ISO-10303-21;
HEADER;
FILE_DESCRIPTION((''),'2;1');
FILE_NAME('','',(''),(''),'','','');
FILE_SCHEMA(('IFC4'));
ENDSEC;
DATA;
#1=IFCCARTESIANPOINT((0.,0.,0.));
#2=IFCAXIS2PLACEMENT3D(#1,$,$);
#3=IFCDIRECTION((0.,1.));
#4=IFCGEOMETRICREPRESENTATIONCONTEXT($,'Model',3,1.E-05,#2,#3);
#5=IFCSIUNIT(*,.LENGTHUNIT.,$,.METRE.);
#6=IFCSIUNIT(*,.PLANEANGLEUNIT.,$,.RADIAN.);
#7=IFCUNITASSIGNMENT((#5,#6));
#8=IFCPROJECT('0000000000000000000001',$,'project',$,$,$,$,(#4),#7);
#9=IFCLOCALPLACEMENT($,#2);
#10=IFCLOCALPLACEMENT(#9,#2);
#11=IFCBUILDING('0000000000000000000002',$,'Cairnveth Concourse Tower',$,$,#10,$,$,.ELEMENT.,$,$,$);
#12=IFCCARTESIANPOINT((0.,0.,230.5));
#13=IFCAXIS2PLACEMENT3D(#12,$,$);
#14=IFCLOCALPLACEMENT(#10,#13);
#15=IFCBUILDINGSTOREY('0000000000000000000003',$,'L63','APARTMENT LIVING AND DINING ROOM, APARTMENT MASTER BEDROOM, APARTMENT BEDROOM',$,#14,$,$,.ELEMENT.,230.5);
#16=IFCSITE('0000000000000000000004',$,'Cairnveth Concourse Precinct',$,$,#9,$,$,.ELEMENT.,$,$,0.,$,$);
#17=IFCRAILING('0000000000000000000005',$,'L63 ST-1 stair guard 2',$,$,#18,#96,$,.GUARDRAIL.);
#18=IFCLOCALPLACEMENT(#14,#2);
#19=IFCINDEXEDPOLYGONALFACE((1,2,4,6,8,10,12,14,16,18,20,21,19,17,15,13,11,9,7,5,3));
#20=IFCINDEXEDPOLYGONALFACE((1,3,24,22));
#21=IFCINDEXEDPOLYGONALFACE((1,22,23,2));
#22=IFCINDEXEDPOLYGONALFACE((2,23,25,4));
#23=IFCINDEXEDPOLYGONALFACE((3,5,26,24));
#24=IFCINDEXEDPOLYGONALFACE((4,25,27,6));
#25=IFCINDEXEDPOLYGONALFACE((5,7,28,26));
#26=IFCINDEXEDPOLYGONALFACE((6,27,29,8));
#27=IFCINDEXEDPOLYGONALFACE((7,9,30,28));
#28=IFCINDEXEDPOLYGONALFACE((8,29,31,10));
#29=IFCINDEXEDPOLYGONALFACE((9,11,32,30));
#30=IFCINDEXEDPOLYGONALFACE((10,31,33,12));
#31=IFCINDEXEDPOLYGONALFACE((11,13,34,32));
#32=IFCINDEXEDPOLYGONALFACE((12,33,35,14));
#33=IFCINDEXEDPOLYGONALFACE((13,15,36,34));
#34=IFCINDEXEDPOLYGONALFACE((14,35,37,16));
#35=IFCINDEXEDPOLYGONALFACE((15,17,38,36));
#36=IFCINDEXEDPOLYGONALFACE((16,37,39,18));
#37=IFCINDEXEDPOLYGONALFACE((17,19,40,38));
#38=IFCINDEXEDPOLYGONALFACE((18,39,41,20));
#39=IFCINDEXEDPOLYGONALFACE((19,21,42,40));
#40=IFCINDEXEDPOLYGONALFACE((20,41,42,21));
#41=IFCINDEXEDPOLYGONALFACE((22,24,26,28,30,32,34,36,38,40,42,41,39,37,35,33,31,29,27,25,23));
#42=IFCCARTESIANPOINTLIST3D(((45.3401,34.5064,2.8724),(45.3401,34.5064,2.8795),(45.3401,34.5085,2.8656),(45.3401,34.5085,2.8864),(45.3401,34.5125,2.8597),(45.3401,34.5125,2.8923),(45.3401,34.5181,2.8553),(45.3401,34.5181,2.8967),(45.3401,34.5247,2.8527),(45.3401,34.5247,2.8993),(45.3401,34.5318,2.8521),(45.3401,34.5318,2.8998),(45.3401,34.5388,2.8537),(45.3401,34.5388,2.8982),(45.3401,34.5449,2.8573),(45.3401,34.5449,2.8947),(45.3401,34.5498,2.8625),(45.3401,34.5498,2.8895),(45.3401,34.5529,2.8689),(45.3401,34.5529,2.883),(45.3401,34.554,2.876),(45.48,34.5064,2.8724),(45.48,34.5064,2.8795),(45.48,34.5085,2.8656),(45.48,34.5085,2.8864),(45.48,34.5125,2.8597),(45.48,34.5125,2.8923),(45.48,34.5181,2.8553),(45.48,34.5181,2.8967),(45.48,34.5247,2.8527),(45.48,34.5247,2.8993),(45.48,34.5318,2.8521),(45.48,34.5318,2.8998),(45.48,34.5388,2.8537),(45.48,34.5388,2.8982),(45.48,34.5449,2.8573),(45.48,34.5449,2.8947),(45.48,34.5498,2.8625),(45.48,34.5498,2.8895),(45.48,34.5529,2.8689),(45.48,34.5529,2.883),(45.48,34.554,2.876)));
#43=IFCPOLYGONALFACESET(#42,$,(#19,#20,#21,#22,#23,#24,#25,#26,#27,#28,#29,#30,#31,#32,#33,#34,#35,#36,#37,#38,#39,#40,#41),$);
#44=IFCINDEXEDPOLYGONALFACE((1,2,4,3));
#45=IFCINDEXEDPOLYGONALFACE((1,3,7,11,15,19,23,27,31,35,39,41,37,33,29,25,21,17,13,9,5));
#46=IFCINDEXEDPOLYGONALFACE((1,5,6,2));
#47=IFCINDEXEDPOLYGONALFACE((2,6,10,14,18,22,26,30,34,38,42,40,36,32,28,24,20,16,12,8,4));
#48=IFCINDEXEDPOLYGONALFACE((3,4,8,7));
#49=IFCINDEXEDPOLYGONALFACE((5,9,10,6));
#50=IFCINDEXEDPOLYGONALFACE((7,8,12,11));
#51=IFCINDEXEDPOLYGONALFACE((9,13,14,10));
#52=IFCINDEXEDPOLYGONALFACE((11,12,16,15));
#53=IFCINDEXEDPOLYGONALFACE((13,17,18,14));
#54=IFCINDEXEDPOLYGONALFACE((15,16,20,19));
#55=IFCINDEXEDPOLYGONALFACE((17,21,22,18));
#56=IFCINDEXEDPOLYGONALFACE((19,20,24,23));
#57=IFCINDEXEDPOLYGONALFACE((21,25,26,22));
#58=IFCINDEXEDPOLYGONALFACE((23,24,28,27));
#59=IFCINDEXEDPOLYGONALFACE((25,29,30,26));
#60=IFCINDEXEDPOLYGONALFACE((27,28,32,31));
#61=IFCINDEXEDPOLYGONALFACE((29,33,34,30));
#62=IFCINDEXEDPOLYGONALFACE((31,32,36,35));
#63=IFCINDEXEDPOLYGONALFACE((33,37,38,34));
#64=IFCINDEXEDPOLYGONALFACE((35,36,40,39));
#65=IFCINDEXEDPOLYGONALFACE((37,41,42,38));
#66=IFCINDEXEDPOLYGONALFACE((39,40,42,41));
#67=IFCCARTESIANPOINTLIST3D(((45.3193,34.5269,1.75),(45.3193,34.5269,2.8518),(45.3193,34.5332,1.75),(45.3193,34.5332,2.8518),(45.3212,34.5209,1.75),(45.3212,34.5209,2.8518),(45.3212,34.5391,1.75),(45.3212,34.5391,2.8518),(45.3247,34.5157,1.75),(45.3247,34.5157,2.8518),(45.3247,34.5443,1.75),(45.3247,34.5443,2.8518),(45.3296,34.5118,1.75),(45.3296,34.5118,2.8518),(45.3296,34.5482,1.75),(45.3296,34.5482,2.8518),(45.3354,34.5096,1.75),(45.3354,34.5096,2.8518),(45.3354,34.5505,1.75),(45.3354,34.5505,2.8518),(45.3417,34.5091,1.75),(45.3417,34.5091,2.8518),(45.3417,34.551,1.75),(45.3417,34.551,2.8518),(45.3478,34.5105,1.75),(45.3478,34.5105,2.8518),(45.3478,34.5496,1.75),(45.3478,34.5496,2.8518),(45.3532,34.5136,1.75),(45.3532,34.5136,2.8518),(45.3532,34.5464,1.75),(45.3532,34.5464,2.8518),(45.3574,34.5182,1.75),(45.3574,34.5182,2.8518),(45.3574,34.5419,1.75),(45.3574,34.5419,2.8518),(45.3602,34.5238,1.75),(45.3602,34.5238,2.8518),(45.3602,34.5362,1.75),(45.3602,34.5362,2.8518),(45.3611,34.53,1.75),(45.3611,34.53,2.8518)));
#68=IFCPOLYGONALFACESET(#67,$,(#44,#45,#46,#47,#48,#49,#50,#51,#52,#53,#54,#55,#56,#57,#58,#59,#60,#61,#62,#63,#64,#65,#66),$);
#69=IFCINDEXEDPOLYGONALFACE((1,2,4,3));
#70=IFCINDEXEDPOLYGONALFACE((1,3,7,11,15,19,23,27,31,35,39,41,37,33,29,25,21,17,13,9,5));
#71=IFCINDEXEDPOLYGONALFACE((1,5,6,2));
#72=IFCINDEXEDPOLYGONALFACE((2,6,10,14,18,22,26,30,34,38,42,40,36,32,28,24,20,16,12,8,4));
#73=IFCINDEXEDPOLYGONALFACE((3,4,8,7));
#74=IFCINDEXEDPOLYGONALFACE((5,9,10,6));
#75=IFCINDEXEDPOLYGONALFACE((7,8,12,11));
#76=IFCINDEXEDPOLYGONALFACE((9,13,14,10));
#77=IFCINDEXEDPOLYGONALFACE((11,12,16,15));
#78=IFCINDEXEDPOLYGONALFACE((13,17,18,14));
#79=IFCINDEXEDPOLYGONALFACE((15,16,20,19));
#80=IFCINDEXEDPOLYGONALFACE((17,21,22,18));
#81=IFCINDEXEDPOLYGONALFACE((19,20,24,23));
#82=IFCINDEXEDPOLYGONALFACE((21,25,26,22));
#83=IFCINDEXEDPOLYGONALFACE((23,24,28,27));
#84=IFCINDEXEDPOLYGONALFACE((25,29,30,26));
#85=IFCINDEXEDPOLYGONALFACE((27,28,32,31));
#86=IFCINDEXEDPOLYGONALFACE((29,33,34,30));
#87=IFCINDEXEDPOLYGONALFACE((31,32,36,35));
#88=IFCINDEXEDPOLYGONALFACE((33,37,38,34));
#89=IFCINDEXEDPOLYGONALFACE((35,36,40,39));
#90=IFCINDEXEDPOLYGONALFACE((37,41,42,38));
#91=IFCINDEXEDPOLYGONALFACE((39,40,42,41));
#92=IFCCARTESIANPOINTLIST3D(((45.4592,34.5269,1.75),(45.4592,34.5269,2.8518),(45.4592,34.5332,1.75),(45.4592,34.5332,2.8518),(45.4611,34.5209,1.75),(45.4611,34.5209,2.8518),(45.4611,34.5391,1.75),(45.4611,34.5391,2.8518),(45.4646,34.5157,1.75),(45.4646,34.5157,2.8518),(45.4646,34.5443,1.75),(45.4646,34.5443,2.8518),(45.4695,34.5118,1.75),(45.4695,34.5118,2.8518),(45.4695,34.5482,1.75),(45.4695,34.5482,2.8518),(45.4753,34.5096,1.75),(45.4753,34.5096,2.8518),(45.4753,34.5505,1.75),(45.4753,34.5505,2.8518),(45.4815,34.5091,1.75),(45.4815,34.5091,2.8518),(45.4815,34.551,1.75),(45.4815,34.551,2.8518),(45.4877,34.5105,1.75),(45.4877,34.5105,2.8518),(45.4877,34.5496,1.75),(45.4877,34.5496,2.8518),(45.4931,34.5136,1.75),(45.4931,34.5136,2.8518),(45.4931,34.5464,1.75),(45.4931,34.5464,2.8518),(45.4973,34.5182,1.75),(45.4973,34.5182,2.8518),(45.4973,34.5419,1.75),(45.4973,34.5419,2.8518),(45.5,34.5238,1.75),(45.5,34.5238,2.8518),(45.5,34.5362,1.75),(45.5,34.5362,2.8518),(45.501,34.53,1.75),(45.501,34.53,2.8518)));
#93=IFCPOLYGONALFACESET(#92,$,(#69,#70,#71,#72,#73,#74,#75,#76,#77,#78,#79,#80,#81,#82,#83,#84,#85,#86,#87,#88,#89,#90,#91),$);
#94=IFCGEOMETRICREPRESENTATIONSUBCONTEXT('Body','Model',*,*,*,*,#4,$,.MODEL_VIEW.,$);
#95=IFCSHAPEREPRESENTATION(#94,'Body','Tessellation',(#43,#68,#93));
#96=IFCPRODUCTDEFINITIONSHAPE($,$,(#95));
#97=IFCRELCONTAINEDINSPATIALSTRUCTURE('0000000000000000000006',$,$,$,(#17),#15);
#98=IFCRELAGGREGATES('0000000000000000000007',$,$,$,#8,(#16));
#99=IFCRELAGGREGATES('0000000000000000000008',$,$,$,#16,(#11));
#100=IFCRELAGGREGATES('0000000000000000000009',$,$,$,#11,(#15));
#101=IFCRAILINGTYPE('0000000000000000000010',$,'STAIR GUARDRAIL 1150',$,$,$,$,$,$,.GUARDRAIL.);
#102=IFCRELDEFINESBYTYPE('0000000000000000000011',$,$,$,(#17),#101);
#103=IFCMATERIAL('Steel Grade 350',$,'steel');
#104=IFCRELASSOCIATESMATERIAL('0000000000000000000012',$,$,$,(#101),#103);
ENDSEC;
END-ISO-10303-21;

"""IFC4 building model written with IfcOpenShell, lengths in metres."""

from ifc_helpers import new_model, si_unit, direction, frame, origin, origin_2d, place, context, subcontext, project, spatial, circle, extrude, material, type_object, element, save


model = new_model("IFC4")

# Units and contexts
model_context = context("Model", 3, precision=1e-05, world=origin(), true_north=direction((0.0, 1.0)))
body_context = subcontext(model_context, "Body", "Model", "MODEL_VIEW")
ifc_project = project(units=[si_unit("LENGTHUNIT", "METRE"), si_unit("PLANEANGLEUNIT", "RADIAN")], contexts=[model_context])

# Site, building, storey
site_placement = place(None, origin())
site = spatial("IfcSite", under=ifc_project, at=site_placement, Name="Cairnveth Concourse Precinct", CompositionType="ELEMENT", RefElevation=0.0)
building_placement = place(site_placement, origin())
building = spatial("IfcBuilding", under=site, at=building_placement, Name="Cairnveth Concourse Tower", CompositionType="ELEMENT")
storey_placement = place(building_placement, frame((0.0, 0.0, 230.5)))
storey = spatial("IfcBuildingStorey", under=building, at=storey_placement, Name="L63", Description="APARTMENT LIVING AND DINING ROOM, APARTMENT MASTER BEDROOM, APARTMENT BEDROOM", CompositionType="ELEMENT", Elevation=230.5)

# Shared definitions
ifc_material_1 = material(Name="Steel Grade 350", Category="steel")

# Railing
railing_type_1 = type_object("IfcRailingType", Name="STAIR GUARDRAIL 1150", PredefinedType="GUARDRAIL", material=ifc_material_1)
railing_1_placement = place(storey_placement, frame((45.3401, 34.53, 1.75)))
element("IfcRailing", 1, at=railing_1_placement, inside=storey, type_object=railing_type_1, Name="L63 ST-1 stair guard 2", PredefinedType="GUARDRAIL", context=body_context, shape_type="SweptSolid", body=[
    extrude(circle(Radius=0.0239, at=origin_2d()), frame((0.0, 0.0, 1.126), z_axis=(1.0, 0.0, 0.0), x_axis=(0.0, 1.0, 0.0)), (0.0, 0.0, 1.0), 0.1399),
    extrude(circle(Radius=0.021, at=origin_2d()), origin(), (0.0, 0.0, 1.0), 1.1018),
    extrude(circle(Radius=0.021, at=origin_2d()), frame((0.1399, 0.0, 0.0)), (0.0, 0.0, 1.0), 1.1018),
])

save(model, "model.ifc")
